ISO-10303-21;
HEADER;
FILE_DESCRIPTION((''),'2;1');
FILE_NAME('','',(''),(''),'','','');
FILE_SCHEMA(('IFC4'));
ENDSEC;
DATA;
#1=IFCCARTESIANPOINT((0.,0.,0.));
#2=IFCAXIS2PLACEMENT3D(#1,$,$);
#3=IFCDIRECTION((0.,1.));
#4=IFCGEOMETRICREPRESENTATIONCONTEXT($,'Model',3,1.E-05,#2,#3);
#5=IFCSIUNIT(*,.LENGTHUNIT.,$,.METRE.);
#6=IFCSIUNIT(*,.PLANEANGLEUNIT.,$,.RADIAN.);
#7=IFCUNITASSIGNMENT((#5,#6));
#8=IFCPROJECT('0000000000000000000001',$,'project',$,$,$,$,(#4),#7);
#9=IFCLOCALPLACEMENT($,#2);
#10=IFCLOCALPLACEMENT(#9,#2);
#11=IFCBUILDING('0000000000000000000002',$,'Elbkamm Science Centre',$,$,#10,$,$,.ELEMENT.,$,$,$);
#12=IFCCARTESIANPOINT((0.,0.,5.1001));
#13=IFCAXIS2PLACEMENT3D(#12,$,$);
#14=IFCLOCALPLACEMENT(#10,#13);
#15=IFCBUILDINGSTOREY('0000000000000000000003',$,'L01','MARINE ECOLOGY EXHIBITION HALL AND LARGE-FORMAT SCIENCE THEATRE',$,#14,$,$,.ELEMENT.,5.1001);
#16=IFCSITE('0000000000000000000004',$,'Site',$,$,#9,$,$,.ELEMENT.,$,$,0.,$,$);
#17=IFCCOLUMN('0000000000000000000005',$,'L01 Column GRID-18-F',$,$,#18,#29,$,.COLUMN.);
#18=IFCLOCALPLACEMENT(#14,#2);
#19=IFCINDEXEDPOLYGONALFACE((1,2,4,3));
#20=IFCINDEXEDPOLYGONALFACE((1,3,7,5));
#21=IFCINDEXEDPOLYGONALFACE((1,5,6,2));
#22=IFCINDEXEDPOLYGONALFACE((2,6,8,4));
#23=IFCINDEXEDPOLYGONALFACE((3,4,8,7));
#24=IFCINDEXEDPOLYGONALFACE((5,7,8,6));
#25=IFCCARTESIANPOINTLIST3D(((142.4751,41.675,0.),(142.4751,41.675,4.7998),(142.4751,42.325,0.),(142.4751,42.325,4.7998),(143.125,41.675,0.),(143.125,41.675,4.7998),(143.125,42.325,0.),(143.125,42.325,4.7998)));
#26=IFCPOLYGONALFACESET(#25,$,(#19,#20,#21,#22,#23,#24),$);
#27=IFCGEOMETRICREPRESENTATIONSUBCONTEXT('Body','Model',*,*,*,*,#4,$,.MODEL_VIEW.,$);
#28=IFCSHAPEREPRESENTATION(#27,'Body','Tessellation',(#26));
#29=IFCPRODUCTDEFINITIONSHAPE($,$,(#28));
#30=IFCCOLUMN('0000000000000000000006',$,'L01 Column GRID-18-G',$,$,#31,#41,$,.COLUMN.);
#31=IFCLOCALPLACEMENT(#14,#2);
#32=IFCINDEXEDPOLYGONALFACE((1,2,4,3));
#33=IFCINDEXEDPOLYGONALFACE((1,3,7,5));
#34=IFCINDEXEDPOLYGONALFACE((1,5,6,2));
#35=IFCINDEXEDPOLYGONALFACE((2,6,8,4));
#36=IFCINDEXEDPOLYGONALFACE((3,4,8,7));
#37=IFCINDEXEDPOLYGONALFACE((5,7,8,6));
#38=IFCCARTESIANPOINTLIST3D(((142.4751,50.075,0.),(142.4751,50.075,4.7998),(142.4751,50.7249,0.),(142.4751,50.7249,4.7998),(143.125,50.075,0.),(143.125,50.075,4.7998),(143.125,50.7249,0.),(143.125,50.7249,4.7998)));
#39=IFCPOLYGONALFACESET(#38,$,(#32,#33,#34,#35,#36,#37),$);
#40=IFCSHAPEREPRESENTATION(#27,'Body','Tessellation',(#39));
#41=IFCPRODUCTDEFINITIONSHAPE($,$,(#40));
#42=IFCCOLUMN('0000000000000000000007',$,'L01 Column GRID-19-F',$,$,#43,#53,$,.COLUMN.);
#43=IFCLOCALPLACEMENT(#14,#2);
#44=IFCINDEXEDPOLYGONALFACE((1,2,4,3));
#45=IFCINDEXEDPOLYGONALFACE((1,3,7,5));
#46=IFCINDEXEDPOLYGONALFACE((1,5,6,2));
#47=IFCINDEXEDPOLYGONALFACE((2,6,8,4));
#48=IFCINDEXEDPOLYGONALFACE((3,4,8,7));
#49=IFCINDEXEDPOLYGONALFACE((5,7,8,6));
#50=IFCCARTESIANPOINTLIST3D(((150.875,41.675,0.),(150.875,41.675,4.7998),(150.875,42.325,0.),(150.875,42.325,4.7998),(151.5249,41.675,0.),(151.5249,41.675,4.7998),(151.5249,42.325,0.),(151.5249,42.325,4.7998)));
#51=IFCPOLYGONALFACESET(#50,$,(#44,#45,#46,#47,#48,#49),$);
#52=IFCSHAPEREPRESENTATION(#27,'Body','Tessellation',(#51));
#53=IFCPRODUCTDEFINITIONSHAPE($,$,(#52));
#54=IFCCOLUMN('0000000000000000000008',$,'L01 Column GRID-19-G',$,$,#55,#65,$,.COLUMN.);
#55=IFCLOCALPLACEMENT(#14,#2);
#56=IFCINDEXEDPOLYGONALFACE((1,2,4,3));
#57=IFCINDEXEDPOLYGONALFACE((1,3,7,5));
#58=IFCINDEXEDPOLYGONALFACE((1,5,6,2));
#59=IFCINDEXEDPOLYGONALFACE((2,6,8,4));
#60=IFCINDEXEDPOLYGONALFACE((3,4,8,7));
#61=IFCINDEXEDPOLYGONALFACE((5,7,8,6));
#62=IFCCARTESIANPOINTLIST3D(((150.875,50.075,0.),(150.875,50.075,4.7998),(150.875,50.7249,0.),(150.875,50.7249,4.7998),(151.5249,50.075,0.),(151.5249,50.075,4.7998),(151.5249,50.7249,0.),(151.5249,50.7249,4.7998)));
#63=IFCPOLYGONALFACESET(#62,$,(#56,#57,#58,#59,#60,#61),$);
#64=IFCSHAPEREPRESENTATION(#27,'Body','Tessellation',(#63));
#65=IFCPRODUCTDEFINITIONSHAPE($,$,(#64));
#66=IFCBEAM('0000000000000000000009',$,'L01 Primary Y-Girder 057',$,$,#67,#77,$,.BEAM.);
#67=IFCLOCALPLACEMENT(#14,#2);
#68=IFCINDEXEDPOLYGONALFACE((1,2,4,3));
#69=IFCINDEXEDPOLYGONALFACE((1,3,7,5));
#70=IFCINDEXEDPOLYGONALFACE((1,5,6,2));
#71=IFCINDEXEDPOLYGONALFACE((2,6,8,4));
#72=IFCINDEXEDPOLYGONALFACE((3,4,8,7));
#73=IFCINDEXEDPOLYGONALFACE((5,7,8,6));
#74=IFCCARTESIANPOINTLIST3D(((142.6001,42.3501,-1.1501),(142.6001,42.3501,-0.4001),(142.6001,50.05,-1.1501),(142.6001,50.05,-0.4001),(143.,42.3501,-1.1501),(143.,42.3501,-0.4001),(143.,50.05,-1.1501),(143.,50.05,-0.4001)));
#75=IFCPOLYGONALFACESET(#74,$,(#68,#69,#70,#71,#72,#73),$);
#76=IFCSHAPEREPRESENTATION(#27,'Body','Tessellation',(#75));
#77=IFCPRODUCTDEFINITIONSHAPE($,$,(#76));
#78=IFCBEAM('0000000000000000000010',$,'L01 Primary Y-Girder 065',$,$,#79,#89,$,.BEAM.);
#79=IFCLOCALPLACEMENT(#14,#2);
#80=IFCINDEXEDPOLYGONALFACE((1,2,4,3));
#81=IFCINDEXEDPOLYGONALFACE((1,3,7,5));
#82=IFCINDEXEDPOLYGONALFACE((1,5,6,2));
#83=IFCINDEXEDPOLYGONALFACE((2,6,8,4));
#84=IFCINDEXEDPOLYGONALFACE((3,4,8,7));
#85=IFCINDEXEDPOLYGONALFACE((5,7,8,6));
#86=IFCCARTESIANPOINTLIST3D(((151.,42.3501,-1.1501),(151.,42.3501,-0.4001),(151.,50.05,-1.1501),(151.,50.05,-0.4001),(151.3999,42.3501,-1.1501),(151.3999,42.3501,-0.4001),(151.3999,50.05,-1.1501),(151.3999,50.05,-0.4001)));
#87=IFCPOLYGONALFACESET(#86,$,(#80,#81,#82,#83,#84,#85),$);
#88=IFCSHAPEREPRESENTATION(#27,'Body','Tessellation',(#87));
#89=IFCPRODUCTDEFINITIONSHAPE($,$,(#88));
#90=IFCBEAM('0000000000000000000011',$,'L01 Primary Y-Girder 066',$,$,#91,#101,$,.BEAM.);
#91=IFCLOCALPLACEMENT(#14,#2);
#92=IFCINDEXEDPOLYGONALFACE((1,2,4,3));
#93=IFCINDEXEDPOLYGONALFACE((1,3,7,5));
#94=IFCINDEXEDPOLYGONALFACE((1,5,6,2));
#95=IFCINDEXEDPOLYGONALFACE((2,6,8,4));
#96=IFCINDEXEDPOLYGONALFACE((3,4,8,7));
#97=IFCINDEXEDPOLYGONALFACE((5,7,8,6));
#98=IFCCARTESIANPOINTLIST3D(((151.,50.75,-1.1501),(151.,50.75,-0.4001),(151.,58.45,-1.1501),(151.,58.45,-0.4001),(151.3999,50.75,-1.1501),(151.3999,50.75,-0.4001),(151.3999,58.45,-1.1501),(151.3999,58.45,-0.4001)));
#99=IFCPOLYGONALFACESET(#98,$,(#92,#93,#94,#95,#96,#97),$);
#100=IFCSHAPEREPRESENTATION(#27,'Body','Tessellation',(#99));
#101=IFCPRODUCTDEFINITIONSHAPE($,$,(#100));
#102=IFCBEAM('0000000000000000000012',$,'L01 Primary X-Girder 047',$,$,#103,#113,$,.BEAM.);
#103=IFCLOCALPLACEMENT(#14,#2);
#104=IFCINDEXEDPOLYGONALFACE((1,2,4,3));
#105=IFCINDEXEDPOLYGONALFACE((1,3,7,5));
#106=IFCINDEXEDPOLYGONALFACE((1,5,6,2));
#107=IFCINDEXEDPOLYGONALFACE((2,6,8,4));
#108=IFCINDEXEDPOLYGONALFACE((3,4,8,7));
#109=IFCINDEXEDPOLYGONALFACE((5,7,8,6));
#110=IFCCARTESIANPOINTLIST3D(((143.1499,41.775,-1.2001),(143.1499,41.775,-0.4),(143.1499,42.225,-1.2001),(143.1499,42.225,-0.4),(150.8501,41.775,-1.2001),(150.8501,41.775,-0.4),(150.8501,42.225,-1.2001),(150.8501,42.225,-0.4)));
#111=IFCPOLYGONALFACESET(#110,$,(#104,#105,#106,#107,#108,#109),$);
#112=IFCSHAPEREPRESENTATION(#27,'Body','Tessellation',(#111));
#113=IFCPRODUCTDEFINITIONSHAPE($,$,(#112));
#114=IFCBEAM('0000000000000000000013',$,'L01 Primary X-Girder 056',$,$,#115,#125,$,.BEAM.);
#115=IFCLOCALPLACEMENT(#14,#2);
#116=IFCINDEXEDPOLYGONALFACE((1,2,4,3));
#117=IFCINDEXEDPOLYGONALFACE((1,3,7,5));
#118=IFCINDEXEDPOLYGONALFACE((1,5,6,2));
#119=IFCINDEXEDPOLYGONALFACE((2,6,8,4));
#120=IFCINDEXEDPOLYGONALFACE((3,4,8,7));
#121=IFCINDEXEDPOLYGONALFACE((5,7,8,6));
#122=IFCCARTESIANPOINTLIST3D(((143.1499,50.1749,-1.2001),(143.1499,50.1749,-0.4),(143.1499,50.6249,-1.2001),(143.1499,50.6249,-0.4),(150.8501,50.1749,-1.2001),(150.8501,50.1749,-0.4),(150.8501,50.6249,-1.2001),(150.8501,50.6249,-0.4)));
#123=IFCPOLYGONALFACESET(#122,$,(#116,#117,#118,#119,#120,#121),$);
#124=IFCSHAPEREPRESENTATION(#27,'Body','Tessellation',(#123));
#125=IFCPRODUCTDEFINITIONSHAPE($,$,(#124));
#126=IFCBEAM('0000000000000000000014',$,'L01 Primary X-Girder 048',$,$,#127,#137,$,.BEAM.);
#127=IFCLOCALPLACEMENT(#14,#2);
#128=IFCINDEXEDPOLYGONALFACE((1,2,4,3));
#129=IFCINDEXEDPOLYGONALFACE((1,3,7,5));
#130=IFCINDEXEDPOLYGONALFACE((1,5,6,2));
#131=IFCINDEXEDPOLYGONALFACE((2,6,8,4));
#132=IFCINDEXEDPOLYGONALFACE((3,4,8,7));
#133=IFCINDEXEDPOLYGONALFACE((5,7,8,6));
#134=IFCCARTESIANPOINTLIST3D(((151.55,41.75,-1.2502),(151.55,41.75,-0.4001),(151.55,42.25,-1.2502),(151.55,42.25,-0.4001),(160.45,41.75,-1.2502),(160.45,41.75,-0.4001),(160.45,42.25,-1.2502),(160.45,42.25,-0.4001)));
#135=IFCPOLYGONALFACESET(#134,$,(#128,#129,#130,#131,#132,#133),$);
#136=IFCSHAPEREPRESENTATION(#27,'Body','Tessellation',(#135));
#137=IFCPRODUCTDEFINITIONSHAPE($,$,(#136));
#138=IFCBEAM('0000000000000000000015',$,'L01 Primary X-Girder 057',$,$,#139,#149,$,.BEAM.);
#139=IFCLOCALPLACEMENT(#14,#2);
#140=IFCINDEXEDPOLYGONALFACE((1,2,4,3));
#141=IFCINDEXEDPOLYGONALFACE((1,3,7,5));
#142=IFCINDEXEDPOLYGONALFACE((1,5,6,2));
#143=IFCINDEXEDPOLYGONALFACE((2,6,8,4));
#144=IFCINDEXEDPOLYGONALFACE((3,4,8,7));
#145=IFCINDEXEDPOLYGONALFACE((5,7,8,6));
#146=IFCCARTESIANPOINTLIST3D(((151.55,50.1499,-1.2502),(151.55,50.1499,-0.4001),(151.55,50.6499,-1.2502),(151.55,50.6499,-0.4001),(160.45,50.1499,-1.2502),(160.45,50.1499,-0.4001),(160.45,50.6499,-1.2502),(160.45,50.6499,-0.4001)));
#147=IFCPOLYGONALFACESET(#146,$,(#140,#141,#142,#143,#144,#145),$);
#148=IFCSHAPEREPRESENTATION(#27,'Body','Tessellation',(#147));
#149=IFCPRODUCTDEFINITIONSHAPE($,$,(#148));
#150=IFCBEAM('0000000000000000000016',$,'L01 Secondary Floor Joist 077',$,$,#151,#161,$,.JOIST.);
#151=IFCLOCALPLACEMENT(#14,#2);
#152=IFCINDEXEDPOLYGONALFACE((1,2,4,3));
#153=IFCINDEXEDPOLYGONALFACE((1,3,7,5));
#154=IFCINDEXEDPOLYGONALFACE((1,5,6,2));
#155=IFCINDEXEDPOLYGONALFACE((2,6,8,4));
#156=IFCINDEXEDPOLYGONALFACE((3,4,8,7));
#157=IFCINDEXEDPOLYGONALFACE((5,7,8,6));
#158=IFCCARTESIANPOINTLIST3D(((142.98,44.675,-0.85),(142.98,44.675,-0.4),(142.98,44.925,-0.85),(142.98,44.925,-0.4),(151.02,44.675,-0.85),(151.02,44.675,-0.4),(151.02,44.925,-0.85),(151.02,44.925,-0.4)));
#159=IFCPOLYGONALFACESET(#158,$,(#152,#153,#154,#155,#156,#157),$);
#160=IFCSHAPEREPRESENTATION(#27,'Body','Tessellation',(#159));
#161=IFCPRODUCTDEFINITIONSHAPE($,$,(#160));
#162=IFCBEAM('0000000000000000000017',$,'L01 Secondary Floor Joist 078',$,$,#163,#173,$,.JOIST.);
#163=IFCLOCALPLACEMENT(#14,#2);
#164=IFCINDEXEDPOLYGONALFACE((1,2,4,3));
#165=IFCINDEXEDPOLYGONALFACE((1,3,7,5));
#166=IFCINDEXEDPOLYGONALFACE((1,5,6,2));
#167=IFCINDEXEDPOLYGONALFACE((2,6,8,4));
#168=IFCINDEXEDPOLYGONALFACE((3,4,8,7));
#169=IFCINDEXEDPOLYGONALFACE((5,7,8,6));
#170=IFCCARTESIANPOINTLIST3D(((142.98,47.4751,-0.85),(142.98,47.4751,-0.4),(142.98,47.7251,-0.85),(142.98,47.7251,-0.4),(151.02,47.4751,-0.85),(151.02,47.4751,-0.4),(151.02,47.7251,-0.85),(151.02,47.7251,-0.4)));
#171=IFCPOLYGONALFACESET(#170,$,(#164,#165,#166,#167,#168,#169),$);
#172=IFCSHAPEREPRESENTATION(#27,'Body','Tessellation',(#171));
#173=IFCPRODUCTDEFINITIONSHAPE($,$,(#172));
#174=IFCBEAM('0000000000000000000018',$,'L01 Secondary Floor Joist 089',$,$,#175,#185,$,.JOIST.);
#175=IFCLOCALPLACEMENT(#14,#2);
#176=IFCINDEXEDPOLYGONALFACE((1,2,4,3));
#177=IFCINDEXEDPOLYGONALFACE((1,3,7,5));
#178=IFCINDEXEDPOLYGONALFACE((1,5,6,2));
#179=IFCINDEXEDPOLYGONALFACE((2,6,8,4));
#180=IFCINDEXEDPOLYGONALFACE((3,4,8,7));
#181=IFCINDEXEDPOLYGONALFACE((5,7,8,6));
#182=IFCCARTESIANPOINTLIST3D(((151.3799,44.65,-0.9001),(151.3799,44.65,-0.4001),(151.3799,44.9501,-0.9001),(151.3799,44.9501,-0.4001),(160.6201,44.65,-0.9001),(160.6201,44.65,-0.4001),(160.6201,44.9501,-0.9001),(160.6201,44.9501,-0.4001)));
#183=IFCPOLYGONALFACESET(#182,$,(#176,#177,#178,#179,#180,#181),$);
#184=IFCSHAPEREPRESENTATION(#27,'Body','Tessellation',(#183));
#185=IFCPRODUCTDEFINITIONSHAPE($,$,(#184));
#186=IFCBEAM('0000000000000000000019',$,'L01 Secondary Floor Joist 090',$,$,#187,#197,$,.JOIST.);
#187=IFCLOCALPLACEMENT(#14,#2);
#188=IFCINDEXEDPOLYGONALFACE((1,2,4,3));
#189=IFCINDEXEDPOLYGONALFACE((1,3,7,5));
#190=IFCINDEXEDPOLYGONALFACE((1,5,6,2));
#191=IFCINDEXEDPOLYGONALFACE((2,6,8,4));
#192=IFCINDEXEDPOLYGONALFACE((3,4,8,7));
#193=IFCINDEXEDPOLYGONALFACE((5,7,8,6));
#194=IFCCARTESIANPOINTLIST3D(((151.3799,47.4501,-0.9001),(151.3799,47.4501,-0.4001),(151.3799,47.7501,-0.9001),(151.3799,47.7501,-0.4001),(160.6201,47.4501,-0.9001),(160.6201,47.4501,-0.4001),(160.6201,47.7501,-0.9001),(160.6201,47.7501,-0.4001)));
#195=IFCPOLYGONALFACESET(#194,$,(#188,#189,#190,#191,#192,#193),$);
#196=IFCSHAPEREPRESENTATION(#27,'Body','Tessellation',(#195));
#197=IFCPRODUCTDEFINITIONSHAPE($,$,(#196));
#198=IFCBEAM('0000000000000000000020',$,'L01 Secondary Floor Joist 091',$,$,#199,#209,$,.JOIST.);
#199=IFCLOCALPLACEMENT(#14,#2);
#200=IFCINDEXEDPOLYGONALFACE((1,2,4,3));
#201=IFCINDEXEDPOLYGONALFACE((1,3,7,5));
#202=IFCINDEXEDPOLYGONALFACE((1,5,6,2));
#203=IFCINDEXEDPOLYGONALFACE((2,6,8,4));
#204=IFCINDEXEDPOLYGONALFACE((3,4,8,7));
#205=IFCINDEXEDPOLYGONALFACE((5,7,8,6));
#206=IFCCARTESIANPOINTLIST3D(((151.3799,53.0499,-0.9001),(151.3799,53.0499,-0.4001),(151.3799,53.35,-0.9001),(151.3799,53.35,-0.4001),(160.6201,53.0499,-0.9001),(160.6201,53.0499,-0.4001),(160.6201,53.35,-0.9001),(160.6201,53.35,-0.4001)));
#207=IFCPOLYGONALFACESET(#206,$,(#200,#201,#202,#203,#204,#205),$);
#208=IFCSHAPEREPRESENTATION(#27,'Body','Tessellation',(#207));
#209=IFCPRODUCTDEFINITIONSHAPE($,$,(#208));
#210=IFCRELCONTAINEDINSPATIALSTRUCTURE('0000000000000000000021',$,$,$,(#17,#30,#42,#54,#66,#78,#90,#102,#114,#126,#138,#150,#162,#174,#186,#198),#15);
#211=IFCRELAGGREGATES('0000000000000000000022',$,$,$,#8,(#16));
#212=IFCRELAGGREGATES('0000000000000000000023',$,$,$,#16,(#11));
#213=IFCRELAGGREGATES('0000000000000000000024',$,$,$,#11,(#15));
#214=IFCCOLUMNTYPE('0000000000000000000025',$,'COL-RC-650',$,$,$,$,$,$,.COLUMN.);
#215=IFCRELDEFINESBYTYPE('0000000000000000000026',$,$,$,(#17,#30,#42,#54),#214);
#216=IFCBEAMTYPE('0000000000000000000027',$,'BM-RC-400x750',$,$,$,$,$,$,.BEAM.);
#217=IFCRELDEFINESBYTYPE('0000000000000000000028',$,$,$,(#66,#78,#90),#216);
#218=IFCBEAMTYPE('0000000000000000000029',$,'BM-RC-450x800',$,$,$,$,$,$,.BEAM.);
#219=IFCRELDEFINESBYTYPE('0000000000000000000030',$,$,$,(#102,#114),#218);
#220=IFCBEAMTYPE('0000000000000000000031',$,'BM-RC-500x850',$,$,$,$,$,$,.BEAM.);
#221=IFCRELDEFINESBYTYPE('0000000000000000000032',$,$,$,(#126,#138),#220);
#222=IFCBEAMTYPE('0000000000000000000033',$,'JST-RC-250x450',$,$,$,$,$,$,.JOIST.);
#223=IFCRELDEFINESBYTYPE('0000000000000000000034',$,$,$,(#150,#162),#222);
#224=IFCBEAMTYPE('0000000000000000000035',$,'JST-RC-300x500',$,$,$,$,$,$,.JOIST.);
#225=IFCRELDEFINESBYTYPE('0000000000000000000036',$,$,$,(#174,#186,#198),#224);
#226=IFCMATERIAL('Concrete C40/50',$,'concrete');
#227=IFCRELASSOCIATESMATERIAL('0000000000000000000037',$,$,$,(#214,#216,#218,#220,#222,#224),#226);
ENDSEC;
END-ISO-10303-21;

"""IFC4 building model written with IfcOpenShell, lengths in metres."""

from ifc_helpers import new_model, si_unit, direction, frame, origin, origin_2d, place, context, subcontext, project, spatial, rectangle, extrude, material, material_profile, profile_set, type_object, element, save


model = new_model("IFC4")

# Units and contexts
model_context = context("Model", 3, precision=1e-05, world=origin(), true_north=direction((0.0, 1.0)))
body_context = subcontext(model_context, "Body", "Model", "MODEL_VIEW")
ifc_project = project(units=[si_unit("LENGTHUNIT", "METRE"), si_unit("PLANEANGLEUNIT", "RADIAN")], contexts=[model_context])

# Site, building, storey
site_placement = place(None, origin())
site = spatial("IfcSite", under=ifc_project, at=site_placement, Name="Site", CompositionType="ELEMENT", RefElevation=0.0)
building_placement = place(site_placement, origin())
building = spatial("IfcBuilding", under=site, at=building_placement, Name="Elbkamm Science Centre", CompositionType="ELEMENT")
storey_placement = place(building_placement, frame((0.0, 0.0, 5.1001)))
storey = spatial("IfcBuildingStorey", under=building, at=storey_placement, Name="L01", Description="MARINE ECOLOGY EXHIBITION HALL AND LARGE-FORMAT SCIENCE THEATRE", CompositionType="ELEMENT", Elevation=5.1001)

# Columns
ifc_material_1 = material(Name="Concrete C40/50", Category="concrete")
ifc_material_profile_1 = material_profile(ifc_material_1, rectangle(XDim=0.6499, YDim=0.6499, at=origin_2d()), Name="RC 650x650")
ifc_profile_set_1 = profile_set([ifc_material_profile_1], Name="Concrete C40/50")
column_type = type_object("IfcColumnType", Name="COL-RC-650", PredefinedType="COLUMN", material=ifc_profile_set_1)
for number, where, z_axis, x_axis, name in (
    (1, (142.8, 42.0, 0.0), (0.0, 0.0, 1.0), (1.0, 0.0, 0.0), "L01 Column GRID-18-F"),
    (2, (142.8, 50.3999, 0.0), (0.0, 0.0, 1.0), (1.0, 0.0, 0.0), "L01 Column GRID-18-G"),
    (3, (151.2, 42.0, 0.0), (0.0, 0.0, 1.0), (1.0, 0.0, 0.0), "L01 Column GRID-19-F"),
    (4, (151.2, 50.3999, 0.0), (0.0, 0.0, 1.0), (1.0, 0.0, 0.0), "L01 Column GRID-19-G"),
):
    element("IfcColumn", number, at=place(storey_placement, frame(where, z_axis=z_axis, x_axis=x_axis)), inside=storey, type_object=column_type, Name=name, PredefinedType="COLUMN", context=body_context, shape_type="SweptSolid", body=[
        extrude(rectangle(XDim=0.6499, YDim=0.6499, at=origin_2d()), origin(), (0.0, 0.0, 1.0), 4.7998),
    ])

# Beams
ifc_material_profile_2 = material_profile(ifc_material_1, rectangle(XDim=0.3999, YDim=0.75, at=origin_2d()), Name="RC 400x750")
ifc_profile_set_2 = profile_set([ifc_material_profile_2], Name="Concrete C40/50")
beam_type_1 = type_object("IfcBeamType", Name="BM-RC-400x750", PredefinedType="BEAM", material=ifc_profile_set_2)
for number, where, z_axis, x_axis, name in (
    (5, (142.8, 42.3501, -0.7751), (0.0, 1.0, 0.0), (-1.0, 0.0, 0.0), "L01 Primary Y-Girder 057"),
    (6, (151.2, 42.3501, -0.7751), (0.0, 1.0, 0.0), (-1.0, 0.0, 0.0), "L01 Primary Y-Girder 065"),
    (7, (151.2, 50.75, -0.7751), (0.0, 1.0, 0.0), (-1.0, 0.0, 0.0), "L01 Primary Y-Girder 066"),
):
    element("IfcBeam", number, at=place(storey_placement, frame(where, z_axis=z_axis, x_axis=x_axis)), inside=storey, type_object=beam_type_1, Name=name, PredefinedType="BEAM", context=body_context, shape_type="SweptSolid", body=[
        extrude(rectangle(XDim=0.3999, YDim=0.75, at=origin_2d()), origin(), (0.0, 0.0, 1.0), 7.7),
    ])
ifc_material_profile_3 = material_profile(ifc_material_1, rectangle(XDim=0.45, YDim=0.8, at=origin_2d()), Name="RC 450x800")
ifc_profile_set_3 = profile_set([ifc_material_profile_3], Name="Concrete C40/50")
beam_type_2 = type_object("IfcBeamType", Name="BM-RC-450x800", PredefinedType="BEAM", material=ifc_profile_set_3)
for number, where, z_axis, x_axis, name in (
    (8, (143.1499, 42.0, -0.8), (1.0, 0.0, 0.0), (0.0, 1.0, 0.0), "L01 Primary X-Girder 047"),
    (9, (143.1499, 50.3999, -0.8), (1.0, 0.0, 0.0), (0.0, 1.0, 0.0), "L01 Primary X-Girder 056"),
):
    element("IfcBeam", number, at=place(storey_placement, frame(where, z_axis=z_axis, x_axis=x_axis)), inside=storey, type_object=beam_type_2, Name=name, PredefinedType="BEAM", context=body_context, shape_type="SweptSolid", body=[
        extrude(rectangle(XDim=0.45, YDim=0.8, at=origin_2d()), origin(), (0.0, 0.0, 1.0), 7.7002),
    ])
ifc_material_profile_4 = material_profile(ifc_material_1, rectangle(XDim=0.5, YDim=0.8501, at=origin_2d()), Name="RC 500x850")
ifc_profile_set_4 = profile_set([ifc_material_profile_4], Name="Concrete C40/50")
beam_type_3 = type_object("IfcBeamType", Name="BM-RC-500x850", PredefinedType="BEAM", material=ifc_profile_set_4)
for number, where, z_axis, x_axis, name in (
    (10, (151.55, 42.0, -0.8252), (1.0, 0.0, 0.0), (0.0, 1.0, 0.0), "L01 Primary X-Girder 048"),
    (11, (151.55, 50.3999, -0.8252), (1.0, 0.0, 0.0), (0.0, 1.0, 0.0), "L01 Primary X-Girder 057"),
):
    element("IfcBeam", number, at=place(storey_placement, frame(where, z_axis=z_axis, x_axis=x_axis)), inside=storey, type_object=beam_type_3, Name=name, PredefinedType="BEAM", context=body_context, shape_type="SweptSolid", body=[
        extrude(rectangle(XDim=0.5, YDim=0.8501, at=origin_2d()), origin(), (0.0, 0.0, 1.0), 8.8999),
    ])
ifc_material_profile_5 = material_profile(ifc_material_1, rectangle(XDim=0.25, YDim=0.45, at=origin_2d()), Name="RC 250x450")
ifc_profile_set_5 = profile_set([ifc_material_profile_5], Name="Concrete C40/50")
beam_type_4 = type_object("IfcBeamType", Name="JST-RC-250x450", PredefinedType="JOIST", material=ifc_profile_set_5)
for number, where, z_axis, x_axis, name in (
    (12, (142.98, 44.8, -0.625), (1.0, 0.0, 0.0), (0.0, 1.0, 0.0), "L01 Secondary Floor Joist 077"),
    (13, (142.98, 47.6001, -0.625), (1.0, 0.0, 0.0), (0.0, 1.0, 0.0), "L01 Secondary Floor Joist 078"),
):
    element("IfcBeam", number, at=place(storey_placement, frame(where, z_axis=z_axis, x_axis=x_axis)), inside=storey, type_object=beam_type_4, Name=name, PredefinedType="JOIST", context=body_context, shape_type="SweptSolid", body=[
        extrude(rectangle(XDim=0.25, YDim=0.45, at=origin_2d()), origin(), (0.0, 0.0, 1.0), 8.04),
    ])
ifc_material_profile_6 = material_profile(ifc_material_1, rectangle(XDim=0.3, YDim=0.5, at=origin_2d()), Name="RC 300x500")
ifc_profile_set_6 = profile_set([ifc_material_profile_6], Name="Concrete C40/50")
beam_type_5 = type_object("IfcBeamType", Name="JST-RC-300x500", PredefinedType="JOIST", material=ifc_profile_set_6)
for number, where, z_axis, x_axis, name in (
    (14, (151.3799, 44.8, -0.6501), (1.0, 0.0, 0.0), (0.0, 1.0, 0.0), "L01 Secondary Floor Joist 089"),
    (15, (151.3799, 47.6001, -0.6501), (1.0, 0.0, 0.0), (0.0, 1.0, 0.0), "L01 Secondary Floor Joist 090"),
    (16, (151.3799, 53.2, -0.6501), (1.0, 0.0, 0.0), (0.0, 1.0, 0.0), "L01 Secondary Floor Joist 091"),
):
    element("IfcBeam", number, at=place(storey_placement, frame(where, z_axis=z_axis, x_axis=x_axis)), inside=storey, type_object=beam_type_5, Name=name, PredefinedType="JOIST", context=body_context, shape_type="SweptSolid", body=[
        extrude(rectangle(XDim=0.3, YDim=0.5, at=origin_2d()), origin(), (0.0, 0.0, 1.0), 9.2402),
    ])

save(model, "model.ifc")
